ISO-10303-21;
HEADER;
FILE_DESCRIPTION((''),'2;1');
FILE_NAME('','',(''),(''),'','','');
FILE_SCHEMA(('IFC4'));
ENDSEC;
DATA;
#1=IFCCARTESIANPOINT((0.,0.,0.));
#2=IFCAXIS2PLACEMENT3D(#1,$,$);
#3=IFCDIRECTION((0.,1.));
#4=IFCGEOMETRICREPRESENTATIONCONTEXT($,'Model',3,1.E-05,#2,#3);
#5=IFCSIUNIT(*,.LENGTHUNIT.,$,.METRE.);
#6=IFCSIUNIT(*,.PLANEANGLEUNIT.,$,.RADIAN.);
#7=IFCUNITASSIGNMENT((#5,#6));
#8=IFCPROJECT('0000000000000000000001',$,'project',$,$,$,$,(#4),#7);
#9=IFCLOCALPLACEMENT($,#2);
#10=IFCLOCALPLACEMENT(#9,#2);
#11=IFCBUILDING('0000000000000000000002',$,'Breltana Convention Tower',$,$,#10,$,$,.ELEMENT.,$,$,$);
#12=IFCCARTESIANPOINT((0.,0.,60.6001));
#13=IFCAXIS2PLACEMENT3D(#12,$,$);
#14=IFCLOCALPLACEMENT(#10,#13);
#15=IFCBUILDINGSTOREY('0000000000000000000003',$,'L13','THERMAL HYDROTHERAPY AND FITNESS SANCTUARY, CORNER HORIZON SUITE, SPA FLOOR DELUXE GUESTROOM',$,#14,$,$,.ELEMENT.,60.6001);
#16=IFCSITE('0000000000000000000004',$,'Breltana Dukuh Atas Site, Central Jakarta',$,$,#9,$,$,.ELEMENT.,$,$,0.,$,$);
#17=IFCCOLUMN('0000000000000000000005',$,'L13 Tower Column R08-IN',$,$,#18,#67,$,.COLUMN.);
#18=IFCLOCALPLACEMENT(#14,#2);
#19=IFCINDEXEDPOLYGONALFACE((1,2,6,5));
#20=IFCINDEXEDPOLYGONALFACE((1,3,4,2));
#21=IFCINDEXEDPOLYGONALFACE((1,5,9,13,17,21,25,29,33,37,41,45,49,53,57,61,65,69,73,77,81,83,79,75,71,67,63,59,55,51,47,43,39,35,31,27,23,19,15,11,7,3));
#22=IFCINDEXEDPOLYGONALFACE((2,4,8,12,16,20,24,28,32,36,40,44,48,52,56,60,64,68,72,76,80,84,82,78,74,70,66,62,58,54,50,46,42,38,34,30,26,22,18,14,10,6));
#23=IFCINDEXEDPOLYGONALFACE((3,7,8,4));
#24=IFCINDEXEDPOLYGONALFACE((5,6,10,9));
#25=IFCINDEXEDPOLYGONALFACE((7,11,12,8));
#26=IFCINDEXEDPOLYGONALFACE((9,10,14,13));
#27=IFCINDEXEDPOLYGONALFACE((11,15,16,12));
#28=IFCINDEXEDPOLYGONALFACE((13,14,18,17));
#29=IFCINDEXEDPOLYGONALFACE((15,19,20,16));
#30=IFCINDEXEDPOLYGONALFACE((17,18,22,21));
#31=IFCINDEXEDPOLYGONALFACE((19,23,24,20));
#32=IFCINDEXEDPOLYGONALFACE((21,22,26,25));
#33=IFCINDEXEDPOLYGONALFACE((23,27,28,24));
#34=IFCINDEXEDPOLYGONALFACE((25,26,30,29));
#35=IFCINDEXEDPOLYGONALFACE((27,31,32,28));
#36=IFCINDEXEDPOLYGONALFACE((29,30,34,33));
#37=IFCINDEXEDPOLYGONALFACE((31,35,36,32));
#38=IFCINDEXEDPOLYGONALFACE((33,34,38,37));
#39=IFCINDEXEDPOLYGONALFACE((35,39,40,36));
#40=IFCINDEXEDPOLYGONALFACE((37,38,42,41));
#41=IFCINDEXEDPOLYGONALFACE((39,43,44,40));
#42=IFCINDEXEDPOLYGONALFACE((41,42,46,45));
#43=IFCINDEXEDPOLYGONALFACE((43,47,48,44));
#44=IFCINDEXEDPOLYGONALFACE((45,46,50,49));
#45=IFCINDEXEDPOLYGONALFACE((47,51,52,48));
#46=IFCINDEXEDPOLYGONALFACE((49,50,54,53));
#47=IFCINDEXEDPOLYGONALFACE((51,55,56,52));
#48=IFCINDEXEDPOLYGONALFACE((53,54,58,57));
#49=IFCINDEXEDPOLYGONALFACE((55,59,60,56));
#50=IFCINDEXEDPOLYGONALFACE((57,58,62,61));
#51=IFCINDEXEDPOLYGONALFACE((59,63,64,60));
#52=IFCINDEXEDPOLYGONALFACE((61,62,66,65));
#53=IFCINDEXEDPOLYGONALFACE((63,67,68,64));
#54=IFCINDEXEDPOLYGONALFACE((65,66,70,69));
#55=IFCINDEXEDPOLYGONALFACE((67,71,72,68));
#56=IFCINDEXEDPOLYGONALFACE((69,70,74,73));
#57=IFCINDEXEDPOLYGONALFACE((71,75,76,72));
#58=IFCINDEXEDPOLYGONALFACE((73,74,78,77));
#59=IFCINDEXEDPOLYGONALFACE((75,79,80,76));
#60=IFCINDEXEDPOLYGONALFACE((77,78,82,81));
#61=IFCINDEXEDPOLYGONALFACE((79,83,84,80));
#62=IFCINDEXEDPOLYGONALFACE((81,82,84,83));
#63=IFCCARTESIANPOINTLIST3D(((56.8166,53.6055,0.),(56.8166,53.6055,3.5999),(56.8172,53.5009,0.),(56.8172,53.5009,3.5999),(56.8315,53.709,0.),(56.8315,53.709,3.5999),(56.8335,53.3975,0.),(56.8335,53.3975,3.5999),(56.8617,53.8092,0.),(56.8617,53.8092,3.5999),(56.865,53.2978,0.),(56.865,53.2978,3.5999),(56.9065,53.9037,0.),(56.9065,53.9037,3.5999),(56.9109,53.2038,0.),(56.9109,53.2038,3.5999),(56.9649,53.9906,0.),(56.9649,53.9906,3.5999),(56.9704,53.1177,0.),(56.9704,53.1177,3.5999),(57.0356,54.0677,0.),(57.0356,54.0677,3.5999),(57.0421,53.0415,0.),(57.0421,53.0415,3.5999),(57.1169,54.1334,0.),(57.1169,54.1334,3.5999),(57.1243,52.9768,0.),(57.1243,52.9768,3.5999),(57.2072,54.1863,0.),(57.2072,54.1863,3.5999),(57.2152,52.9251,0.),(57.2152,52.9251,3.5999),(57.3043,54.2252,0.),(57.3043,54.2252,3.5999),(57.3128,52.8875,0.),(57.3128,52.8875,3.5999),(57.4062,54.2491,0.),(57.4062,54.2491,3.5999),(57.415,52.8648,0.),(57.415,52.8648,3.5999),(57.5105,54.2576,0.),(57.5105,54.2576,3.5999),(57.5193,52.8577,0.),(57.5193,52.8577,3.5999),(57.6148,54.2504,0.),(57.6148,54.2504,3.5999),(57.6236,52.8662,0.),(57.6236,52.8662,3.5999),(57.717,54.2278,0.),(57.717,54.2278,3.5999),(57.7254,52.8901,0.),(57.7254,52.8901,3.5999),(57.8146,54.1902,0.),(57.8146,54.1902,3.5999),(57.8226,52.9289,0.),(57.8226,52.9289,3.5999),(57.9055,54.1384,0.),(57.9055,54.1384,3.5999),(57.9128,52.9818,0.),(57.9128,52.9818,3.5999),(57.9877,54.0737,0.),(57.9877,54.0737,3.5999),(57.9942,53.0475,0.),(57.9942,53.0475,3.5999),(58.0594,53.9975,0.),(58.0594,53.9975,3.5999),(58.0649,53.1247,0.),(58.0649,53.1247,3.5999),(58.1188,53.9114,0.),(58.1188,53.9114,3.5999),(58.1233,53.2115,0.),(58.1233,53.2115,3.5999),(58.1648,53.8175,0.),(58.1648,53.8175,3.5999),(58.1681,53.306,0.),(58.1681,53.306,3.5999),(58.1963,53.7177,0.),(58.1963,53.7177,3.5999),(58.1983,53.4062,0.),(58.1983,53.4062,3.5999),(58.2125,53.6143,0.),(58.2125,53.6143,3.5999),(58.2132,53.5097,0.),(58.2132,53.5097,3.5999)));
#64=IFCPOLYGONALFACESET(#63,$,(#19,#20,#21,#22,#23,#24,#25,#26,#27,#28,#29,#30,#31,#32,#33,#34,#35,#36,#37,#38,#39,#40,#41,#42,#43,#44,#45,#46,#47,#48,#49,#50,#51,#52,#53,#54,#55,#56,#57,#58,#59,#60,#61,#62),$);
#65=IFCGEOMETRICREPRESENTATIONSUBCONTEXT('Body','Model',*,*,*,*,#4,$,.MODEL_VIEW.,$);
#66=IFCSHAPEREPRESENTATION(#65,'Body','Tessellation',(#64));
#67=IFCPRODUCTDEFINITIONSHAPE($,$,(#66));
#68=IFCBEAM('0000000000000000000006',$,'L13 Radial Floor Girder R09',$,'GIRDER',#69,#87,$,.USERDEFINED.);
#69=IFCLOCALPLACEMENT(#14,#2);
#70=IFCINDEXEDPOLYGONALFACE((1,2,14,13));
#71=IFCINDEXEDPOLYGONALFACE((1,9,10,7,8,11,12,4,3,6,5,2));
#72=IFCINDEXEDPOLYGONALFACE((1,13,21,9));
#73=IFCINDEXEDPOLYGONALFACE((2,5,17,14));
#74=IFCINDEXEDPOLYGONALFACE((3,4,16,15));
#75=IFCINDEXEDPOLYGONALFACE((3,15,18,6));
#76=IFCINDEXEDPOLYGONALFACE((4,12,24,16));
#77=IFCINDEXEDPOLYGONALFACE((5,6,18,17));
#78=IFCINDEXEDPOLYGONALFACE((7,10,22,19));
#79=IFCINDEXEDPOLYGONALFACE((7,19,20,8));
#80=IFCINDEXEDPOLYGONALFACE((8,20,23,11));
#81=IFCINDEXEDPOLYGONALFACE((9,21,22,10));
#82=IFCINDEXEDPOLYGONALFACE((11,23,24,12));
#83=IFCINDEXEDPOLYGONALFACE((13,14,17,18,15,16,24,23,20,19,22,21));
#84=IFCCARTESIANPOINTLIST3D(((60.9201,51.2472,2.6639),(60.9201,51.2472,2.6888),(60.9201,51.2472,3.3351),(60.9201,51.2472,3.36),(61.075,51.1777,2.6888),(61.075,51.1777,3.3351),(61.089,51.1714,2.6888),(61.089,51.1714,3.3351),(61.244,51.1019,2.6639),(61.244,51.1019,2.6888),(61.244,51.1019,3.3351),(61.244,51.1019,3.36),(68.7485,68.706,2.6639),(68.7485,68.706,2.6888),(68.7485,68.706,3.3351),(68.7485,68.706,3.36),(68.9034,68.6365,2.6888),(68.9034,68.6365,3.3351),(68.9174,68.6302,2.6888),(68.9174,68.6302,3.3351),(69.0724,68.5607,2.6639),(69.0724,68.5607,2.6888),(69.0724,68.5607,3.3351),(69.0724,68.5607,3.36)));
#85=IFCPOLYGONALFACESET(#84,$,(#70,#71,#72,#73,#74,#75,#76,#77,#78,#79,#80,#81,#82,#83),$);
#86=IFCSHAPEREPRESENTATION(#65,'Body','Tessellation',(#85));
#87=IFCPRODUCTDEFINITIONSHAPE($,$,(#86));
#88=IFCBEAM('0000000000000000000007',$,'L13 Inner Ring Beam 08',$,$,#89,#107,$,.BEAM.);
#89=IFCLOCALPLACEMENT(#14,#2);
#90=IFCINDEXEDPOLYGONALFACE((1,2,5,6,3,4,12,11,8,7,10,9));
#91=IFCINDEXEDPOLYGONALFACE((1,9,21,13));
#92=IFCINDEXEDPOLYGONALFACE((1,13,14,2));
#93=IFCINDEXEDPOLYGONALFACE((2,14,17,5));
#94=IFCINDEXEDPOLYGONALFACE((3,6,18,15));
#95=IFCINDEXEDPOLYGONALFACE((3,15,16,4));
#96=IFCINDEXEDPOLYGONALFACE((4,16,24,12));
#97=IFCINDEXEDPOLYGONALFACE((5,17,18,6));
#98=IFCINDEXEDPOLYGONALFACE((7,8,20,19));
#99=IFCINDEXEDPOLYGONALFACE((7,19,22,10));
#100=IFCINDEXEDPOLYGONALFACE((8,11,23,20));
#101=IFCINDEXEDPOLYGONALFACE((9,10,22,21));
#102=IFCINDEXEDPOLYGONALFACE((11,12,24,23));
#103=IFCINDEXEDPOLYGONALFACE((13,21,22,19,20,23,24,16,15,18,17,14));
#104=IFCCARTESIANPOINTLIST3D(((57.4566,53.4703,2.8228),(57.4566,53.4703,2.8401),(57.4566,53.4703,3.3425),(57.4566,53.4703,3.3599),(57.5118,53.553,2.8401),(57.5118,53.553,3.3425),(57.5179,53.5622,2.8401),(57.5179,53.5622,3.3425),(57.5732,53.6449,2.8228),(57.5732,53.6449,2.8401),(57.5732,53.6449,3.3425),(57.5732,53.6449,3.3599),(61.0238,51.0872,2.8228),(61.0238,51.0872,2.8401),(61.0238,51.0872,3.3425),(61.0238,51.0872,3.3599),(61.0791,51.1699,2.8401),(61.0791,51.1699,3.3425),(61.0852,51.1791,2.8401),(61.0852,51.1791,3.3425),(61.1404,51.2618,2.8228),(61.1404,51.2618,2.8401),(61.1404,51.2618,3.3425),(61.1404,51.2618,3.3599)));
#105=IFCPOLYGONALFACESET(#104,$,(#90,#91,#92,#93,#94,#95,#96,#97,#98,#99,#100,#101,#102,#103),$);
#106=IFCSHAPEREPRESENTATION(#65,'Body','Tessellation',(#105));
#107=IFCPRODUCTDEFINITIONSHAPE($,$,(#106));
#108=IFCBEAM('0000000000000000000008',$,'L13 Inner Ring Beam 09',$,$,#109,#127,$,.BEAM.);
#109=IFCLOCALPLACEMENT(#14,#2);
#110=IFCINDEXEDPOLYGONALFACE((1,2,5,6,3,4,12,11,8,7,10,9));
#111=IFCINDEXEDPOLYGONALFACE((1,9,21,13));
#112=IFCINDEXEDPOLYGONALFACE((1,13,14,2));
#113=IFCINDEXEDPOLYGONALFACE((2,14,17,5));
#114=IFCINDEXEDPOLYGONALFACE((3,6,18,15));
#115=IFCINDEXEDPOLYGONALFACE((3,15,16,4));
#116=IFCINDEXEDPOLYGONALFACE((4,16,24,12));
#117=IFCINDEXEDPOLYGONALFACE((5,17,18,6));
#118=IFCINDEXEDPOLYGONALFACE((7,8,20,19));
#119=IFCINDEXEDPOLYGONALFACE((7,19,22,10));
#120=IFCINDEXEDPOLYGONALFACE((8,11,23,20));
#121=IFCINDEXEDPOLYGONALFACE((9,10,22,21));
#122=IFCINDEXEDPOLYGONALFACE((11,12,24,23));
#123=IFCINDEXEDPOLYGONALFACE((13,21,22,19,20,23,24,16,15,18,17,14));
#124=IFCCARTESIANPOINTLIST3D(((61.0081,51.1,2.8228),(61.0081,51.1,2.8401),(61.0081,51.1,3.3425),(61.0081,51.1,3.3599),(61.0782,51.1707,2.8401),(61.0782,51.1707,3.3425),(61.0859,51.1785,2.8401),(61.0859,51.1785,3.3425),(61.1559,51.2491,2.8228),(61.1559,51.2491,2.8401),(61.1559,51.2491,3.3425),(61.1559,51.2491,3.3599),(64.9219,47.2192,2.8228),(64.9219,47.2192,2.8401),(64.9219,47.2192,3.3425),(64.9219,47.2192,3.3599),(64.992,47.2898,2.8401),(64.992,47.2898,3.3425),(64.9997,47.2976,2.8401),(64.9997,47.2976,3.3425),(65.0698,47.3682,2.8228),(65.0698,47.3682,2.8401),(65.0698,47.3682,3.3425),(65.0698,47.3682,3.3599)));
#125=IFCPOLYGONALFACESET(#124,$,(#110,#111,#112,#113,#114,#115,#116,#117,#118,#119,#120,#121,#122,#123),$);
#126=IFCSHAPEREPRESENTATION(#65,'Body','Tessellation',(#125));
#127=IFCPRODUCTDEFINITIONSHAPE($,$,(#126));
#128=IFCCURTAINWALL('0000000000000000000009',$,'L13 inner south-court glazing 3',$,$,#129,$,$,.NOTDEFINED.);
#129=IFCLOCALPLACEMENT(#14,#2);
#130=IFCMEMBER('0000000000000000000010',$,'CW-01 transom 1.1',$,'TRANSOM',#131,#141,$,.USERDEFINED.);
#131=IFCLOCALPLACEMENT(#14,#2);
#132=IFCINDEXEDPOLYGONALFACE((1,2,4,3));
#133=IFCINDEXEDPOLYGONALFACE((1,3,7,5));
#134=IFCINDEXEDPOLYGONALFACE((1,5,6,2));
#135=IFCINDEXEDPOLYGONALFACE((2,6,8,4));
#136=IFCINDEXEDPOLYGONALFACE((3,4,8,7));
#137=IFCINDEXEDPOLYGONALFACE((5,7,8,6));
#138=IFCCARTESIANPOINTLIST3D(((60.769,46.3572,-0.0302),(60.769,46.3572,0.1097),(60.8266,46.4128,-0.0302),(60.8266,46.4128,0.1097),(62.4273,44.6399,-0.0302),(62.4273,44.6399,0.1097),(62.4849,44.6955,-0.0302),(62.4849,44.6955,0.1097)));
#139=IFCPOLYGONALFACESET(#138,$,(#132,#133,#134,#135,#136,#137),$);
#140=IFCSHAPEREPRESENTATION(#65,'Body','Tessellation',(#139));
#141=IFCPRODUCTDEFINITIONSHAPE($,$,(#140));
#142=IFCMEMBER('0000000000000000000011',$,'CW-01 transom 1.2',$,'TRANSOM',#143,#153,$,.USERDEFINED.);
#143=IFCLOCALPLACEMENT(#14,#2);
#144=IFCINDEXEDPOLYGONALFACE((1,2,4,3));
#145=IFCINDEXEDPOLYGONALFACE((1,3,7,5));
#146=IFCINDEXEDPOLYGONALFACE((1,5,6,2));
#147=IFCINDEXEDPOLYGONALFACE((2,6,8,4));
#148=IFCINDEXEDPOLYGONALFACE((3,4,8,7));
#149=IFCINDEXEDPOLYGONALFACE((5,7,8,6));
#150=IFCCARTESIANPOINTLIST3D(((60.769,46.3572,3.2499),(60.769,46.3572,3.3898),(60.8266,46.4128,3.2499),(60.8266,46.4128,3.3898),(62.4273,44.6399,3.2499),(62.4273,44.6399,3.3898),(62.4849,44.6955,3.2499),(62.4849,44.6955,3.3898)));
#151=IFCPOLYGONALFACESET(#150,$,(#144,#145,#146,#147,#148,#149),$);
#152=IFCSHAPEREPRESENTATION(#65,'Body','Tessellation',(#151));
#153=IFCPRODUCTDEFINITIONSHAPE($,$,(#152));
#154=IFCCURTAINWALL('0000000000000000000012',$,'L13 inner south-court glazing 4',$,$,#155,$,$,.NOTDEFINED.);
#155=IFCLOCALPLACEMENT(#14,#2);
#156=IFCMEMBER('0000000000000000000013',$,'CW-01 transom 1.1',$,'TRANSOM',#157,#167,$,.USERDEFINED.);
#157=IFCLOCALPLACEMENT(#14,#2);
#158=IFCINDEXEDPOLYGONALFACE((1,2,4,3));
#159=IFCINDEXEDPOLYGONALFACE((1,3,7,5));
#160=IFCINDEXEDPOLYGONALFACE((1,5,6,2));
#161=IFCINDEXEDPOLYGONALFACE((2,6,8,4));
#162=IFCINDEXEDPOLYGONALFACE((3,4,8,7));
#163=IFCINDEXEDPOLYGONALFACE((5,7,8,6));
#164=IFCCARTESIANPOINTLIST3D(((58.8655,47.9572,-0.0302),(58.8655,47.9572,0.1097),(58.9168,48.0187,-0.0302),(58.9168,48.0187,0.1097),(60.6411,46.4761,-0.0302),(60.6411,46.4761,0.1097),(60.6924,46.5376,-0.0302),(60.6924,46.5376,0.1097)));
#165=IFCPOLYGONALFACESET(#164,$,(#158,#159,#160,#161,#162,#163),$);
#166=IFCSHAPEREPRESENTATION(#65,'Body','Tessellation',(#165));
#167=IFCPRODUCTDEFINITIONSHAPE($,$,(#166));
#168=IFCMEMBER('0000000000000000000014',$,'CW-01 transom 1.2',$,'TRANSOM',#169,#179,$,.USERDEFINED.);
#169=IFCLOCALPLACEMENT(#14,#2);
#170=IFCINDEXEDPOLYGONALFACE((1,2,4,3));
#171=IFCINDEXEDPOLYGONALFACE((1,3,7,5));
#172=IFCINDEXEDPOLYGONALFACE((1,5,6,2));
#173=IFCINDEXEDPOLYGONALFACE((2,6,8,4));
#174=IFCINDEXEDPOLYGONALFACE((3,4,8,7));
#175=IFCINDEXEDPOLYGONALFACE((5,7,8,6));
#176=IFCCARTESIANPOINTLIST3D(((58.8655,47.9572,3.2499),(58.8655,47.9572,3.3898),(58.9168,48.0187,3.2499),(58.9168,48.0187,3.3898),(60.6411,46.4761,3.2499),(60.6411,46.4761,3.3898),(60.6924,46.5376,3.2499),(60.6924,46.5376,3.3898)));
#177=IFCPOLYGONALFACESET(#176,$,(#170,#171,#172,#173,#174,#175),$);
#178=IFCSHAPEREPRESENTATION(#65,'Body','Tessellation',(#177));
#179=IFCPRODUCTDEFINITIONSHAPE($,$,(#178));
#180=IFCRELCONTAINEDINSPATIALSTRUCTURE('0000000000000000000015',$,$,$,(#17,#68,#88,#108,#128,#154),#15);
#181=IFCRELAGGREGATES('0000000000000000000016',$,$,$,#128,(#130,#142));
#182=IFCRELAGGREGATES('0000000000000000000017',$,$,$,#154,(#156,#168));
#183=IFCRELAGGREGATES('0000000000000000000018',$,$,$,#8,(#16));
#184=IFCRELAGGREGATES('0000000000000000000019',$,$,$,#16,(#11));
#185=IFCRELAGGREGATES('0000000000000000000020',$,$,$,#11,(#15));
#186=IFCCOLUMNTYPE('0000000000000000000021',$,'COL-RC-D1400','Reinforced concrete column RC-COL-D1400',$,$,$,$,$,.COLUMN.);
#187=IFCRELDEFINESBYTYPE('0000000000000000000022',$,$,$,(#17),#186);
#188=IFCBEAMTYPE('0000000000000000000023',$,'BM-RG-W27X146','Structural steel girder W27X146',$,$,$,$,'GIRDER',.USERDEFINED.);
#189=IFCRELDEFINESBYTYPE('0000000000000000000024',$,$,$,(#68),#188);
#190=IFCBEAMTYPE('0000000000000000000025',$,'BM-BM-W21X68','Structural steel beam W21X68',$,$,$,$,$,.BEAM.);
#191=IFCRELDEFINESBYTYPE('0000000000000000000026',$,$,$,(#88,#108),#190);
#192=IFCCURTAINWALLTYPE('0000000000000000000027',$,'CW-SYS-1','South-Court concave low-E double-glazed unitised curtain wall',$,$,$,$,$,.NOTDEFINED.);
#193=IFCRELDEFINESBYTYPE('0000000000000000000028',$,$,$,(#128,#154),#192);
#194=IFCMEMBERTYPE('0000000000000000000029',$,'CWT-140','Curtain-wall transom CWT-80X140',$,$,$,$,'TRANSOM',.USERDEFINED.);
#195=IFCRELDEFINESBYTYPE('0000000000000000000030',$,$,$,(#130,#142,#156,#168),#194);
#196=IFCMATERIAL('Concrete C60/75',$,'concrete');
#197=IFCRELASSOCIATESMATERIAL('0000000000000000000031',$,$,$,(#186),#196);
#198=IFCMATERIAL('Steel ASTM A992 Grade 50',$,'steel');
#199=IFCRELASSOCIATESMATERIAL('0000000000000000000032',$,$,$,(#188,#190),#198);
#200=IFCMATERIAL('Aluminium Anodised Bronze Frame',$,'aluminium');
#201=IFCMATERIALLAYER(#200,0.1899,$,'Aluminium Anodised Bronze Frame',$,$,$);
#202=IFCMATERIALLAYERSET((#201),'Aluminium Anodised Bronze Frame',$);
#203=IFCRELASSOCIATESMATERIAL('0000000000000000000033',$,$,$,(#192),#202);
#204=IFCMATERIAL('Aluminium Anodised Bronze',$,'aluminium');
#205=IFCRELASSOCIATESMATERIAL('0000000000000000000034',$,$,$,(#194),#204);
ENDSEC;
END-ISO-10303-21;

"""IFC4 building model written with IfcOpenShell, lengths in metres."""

from ifc_helpers import new_model, si_unit, direction, frame, origin, origin_2d, place, context, subcontext, project, spatial, rectangle, circle, i_section, extrude, source, transform, mapped, material, layer, layer_set, material_profile, profile_set, type_object, type_shapes, element, aggregate, save


model = new_model("IFC4")

# Units and contexts
model_context = context("Model", 3, precision=1e-05, world=origin(), true_north=direction((0.0, 1.0)))
body_context = subcontext(model_context, "Body", "Model", "MODEL_VIEW")
ifc_project = project(units=[si_unit("LENGTHUNIT", "METRE"), si_unit("PLANEANGLEUNIT", "RADIAN")], contexts=[model_context])

# Site, building, storey
site_placement = place(None, origin())
site = spatial("IfcSite", under=ifc_project, at=site_placement, Name="Breltana Dukuh Atas Site, Central Jakarta", CompositionType="ELEMENT", RefElevation=0.0)
building_placement = place(site_placement, origin())
building = spatial("IfcBuilding", under=site, at=building_placement, Name="Breltana Convention Tower", CompositionType="ELEMENT")
storey_placement = place(building_placement, frame((0.0, 0.0, 60.6001)))
storey = spatial("IfcBuildingStorey", under=building, at=storey_placement, Name="L13", Description="THERMAL HYDROTHERAPY AND FITNESS SANCTUARY, CORNER HORIZON SUITE, SPA FLOOR DELUXE GUESTROOM", CompositionType="ELEMENT", Elevation=60.6001)

# Column
ifc_material_1 = material(Name="Concrete C60/75", Category="concrete")
ifc_material_profile_1 = material_profile(ifc_material_1, circle(Radius=0.7, at=origin_2d()), Name="RC-COL-D1400")
ifc_profile_set_1 = profile_set([ifc_material_profile_1], Name="Concrete C60/75")
column_type = type_object("IfcColumnType", Name="COL-RC-D1400", Description="Reinforced concrete column RC-COL-D1400", PredefinedType="COLUMN", material=ifc_profile_set_1)
shared_shape_1 = source(origin(), body_context, "Body", "SweptSolid", [
    extrude(circle(Radius=0.7, at=origin_2d()), origin(), (0.0, 0.0, 1.0), 3.5999),
])
for number, where, z_axis, x_axis, name in (
    (1, (57.5149, 53.5576, 0.0), (0.0, 0.0, 1.0), (0.288698, 0.95742, 0.0), "L13 Tower Column R08-IN"),
):
    element("IfcColumn", number, at=place(storey_placement, frame(where, z_axis=z_axis, x_axis=x_axis)), inside=storey, type_object=column_type, Name=name, PredefinedType="COLUMN", context=body_context, shape_type="MappedRepresentation", body=[
        mapped(shared_shape_1, transform((0.0, 0.0, 0.0), scale=1.0)),
    ])

# Beams
ifc_material_2 = material(Name="Steel ASTM A992 Grade 50", Category="steel")
ifc_material_profile_2 = material_profile(ifc_material_2, i_section(OverallWidth=0.355, OverallDepth=0.696, WebThickness=0.0154, FlangeThickness=0.0249, at=origin_2d()), Name="W27X146")
ifc_profile_set_2 = profile_set([ifc_material_profile_2], Name="Steel ASTM A992 Grade 50")
beam_type_1 = type_object("IfcBeamType", Name="BM-RG-W27X146", Description="Structural steel girder W27X146", ElementType="GIRDER", PredefinedType="USERDEFINED", material=ifc_profile_set_2)
shared_shape_2 = source(origin(), body_context, "Body", "SweptSolid", [
    extrude(i_section(OverallWidth=0.355, OverallDepth=0.696, WebThickness=0.0154, FlangeThickness=0.0249, at=origin_2d()), origin(), (0.0, 0.0, 1.0), 19.1335),
])
beam_1_placement = place(storey_placement, frame((61.082, 51.1746, 3.012), z_axis=(0.409145, 0.91247, 0.0), x_axis=(-0.91247, 0.409145, 0.0)))
element("IfcBeam", 2, at=beam_1_placement, inside=storey, type_object=beam_type_1, Name="L13 Radial Floor Girder R09", ObjectType="GIRDER", PredefinedType="USERDEFINED", context=body_context, shape_type="MappedRepresentation", body=[
    mapped(shared_shape_2, transform((0.0, 0.0, 0.0), scale=1.0)),
])
ifc_material_profile_3 = material_profile(ifc_material_2, i_section(OverallWidth=0.21, OverallDepth=0.5371, WebThickness=0.011, FlangeThickness=0.0173, at=origin_2d()), Name="W21X68")
ifc_profile_set_3 = profile_set([ifc_material_profile_3], Name="Steel ASTM A992 Grade 50")
beam_type_2 = type_object("IfcBeamType", Name="BM-BM-W21X68", Description="Structural steel beam W21X68", PredefinedType="BEAM", material=ifc_profile_set_3)
shared_shape_3 = source(origin(), body_context, "Body", "SweptSolid", [
    extrude(i_section(OverallWidth=0.21, OverallDepth=0.5371, WebThickness=0.011, FlangeThickness=0.0173, at=origin_2d()), origin(), (0.0, 0.0, 1.0), 4.29),
])
beam_2_placement = place(storey_placement, frame((57.5149, 53.5576, 3.0913), z_axis=(0.831516, -0.555501, 0.0), x_axis=(0.555501, 0.831516, 0.0)))
element("IfcBeam", 3, at=beam_2_placement, inside=storey, type_object=beam_type_2, Name="L13 Inner Ring Beam 08", PredefinedType="BEAM", context=body_context, shape_type="MappedRepresentation", body=[
    mapped(shared_shape_3, transform((0.0, 0.0, 0.0), scale=1.0)),
])
shared_shape_4 = source(origin(), body_context, "Body", "SweptSolid", [
    extrude(i_section(OverallWidth=0.21, OverallDepth=0.5371, WebThickness=0.011, FlangeThickness=0.0173, at=origin_2d()), origin(), (0.0, 0.0, 1.0), 5.5117),
])
beam_3_placement = place(storey_placement, frame((61.082, 51.1746, 3.0913), z_axis=(0.71009, -0.704111, 0.0), x_axis=(0.704111, 0.71009, 0.0)))
element("IfcBeam", 4, at=beam_3_placement, inside=storey, type_object=beam_type_2, Name="L13 Inner Ring Beam 09", PredefinedType="BEAM", context=body_context, shape_type="MappedRepresentation", body=[
    mapped(shared_shape_4, transform((0.0, 0.0, 0.0), scale=1.0)),
])

# Curtain walls, members
ifc_material_3 = material(Name="Aluminium Anodised Bronze Frame", Category="aluminium")
ifc_layer_1 = layer(ifc_material_3, 0.1899, Name="Aluminium Anodised Bronze Frame")
ifc_layer_set_1 = layer_set([ifc_layer_1], Name="Aluminium Anodised Bronze Frame")
curtain_wall_type = type_object("IfcCurtainWallType", Name="CW-SYS-1", Description="South-Court concave low-E double-glazed unitised curtain wall", PredefinedType="NOTDEFINED", material=ifc_layer_set_1)
curtain_wall_1_placement = place(storey_placement, origin())
curtain_wall_1 = element("IfcCurtainWall", 5, at=curtain_wall_1_placement, inside=storey, type_object=curtain_wall_type, Name="L13 inner south-court glazing 3", PredefinedType="NOTDEFINED")
ifc_material_4 = material(Name="Aluminium Anodised Bronze", Category="aluminium")
ifc_material_profile_4 = material_profile(ifc_material_4, rectangle(XDim=0.0801, YDim=0.1399, at=origin_2d()), Name="CWT-80X140")
ifc_profile_set_4 = profile_set([ifc_material_profile_4], Name="Aluminium Anodised Bronze")
member_type_1 = type_object("IfcMemberType", Name="CWT-140", Description="Curtain-wall transom CWT-80X140", ElementType="TRANSOM", PredefinedType="USERDEFINED", material=ifc_profile_set_4)
shared_shape_5 = source(origin(), body_context, "Body", "SweptSolid", [
    extrude(rectangle(XDim=0.0801, YDim=0.1399, at=origin_2d()), origin(), (0.0, 0.0, 1.0), 2.3872),
])
type_shapes(member_type_1, [shared_shape_5])
member_1_placement = place(storey_placement, frame((62.4561, 44.6677, 0.0398), z_axis=(-0.694624, 0.719373, 0.0), x_axis=(-0.719373, -0.694624, 0.0)))
member_1 = element("IfcMember", 6, at=member_1_placement, type_object=member_type_1, Name="CW-01 transom 1.1", ObjectType="TRANSOM", PredefinedType="USERDEFINED", context=body_context, shape_type="MappedRepresentation", body=[
    mapped(shared_shape_5, transform((0.0, 0.0, 0.0), scale=1.0)),
])
member_2_placement = place(storey_placement, frame((62.4561, 44.6677, 3.3198), z_axis=(-0.694624, 0.719373, 0.0), x_axis=(-0.719373, -0.694624, 0.0)))
member_2 = element("IfcMember", 7, at=member_2_placement, type_object=member_type_1, Name="CW-01 transom 1.2", ObjectType="TRANSOM", PredefinedType="USERDEFINED", context=body_context, shape_type="MappedRepresentation", body=[
    mapped(shared_shape_5, transform((0.0, 0.0, 0.0), scale=1.0)),
])
curtain_wall_2_placement = place(storey_placement, origin())
curtain_wall_2 = element("IfcCurtainWall", 8, at=curtain_wall_2_placement, inside=storey, type_object=curtain_wall_type, Name="L13 inner south-court glazing 4", PredefinedType="NOTDEFINED")
shared_shape_6 = source(origin(), body_context, "Body", "SweptSolid", [
    extrude(rectangle(XDim=0.0801, YDim=0.1399, at=origin_2d()), origin(), (0.0, 0.0, 1.0), 2.3123),
])
member_3_placement = place(storey_placement, frame((60.6667, 46.5068, 0.0398), z_axis=(-0.767901, 0.640569, 0.0), x_axis=(-0.640569, -0.767901, 0.0)))
member_3 = element("IfcMember", 9, at=member_3_placement, type_object=member_type_1, Name="CW-01 transom 1.1", ObjectType="TRANSOM", PredefinedType="USERDEFINED", context=body_context, shape_type="MappedRepresentation", body=[
    mapped(shared_shape_6, transform((0.0, 0.0, 0.0), scale=1.0)),
])
member_4_placement = place(storey_placement, frame((60.6667, 46.5068, 3.3198), z_axis=(-0.767901, 0.640569, 0.0), x_axis=(-0.640569, -0.767901, 0.0)))
member_4 = element("IfcMember", 10, at=member_4_placement, type_object=member_type_1, Name="CW-01 transom 1.2", ObjectType="TRANSOM", PredefinedType="USERDEFINED", context=body_context, shape_type="MappedRepresentation", body=[
    mapped(shared_shape_6, transform((0.0, 0.0, 0.0), scale=1.0)),
])

aggregate(curtain_wall_1, [member_1, member_2])
aggregate(curtain_wall_2, [member_3, member_4])

save(model, "model.ifc")
